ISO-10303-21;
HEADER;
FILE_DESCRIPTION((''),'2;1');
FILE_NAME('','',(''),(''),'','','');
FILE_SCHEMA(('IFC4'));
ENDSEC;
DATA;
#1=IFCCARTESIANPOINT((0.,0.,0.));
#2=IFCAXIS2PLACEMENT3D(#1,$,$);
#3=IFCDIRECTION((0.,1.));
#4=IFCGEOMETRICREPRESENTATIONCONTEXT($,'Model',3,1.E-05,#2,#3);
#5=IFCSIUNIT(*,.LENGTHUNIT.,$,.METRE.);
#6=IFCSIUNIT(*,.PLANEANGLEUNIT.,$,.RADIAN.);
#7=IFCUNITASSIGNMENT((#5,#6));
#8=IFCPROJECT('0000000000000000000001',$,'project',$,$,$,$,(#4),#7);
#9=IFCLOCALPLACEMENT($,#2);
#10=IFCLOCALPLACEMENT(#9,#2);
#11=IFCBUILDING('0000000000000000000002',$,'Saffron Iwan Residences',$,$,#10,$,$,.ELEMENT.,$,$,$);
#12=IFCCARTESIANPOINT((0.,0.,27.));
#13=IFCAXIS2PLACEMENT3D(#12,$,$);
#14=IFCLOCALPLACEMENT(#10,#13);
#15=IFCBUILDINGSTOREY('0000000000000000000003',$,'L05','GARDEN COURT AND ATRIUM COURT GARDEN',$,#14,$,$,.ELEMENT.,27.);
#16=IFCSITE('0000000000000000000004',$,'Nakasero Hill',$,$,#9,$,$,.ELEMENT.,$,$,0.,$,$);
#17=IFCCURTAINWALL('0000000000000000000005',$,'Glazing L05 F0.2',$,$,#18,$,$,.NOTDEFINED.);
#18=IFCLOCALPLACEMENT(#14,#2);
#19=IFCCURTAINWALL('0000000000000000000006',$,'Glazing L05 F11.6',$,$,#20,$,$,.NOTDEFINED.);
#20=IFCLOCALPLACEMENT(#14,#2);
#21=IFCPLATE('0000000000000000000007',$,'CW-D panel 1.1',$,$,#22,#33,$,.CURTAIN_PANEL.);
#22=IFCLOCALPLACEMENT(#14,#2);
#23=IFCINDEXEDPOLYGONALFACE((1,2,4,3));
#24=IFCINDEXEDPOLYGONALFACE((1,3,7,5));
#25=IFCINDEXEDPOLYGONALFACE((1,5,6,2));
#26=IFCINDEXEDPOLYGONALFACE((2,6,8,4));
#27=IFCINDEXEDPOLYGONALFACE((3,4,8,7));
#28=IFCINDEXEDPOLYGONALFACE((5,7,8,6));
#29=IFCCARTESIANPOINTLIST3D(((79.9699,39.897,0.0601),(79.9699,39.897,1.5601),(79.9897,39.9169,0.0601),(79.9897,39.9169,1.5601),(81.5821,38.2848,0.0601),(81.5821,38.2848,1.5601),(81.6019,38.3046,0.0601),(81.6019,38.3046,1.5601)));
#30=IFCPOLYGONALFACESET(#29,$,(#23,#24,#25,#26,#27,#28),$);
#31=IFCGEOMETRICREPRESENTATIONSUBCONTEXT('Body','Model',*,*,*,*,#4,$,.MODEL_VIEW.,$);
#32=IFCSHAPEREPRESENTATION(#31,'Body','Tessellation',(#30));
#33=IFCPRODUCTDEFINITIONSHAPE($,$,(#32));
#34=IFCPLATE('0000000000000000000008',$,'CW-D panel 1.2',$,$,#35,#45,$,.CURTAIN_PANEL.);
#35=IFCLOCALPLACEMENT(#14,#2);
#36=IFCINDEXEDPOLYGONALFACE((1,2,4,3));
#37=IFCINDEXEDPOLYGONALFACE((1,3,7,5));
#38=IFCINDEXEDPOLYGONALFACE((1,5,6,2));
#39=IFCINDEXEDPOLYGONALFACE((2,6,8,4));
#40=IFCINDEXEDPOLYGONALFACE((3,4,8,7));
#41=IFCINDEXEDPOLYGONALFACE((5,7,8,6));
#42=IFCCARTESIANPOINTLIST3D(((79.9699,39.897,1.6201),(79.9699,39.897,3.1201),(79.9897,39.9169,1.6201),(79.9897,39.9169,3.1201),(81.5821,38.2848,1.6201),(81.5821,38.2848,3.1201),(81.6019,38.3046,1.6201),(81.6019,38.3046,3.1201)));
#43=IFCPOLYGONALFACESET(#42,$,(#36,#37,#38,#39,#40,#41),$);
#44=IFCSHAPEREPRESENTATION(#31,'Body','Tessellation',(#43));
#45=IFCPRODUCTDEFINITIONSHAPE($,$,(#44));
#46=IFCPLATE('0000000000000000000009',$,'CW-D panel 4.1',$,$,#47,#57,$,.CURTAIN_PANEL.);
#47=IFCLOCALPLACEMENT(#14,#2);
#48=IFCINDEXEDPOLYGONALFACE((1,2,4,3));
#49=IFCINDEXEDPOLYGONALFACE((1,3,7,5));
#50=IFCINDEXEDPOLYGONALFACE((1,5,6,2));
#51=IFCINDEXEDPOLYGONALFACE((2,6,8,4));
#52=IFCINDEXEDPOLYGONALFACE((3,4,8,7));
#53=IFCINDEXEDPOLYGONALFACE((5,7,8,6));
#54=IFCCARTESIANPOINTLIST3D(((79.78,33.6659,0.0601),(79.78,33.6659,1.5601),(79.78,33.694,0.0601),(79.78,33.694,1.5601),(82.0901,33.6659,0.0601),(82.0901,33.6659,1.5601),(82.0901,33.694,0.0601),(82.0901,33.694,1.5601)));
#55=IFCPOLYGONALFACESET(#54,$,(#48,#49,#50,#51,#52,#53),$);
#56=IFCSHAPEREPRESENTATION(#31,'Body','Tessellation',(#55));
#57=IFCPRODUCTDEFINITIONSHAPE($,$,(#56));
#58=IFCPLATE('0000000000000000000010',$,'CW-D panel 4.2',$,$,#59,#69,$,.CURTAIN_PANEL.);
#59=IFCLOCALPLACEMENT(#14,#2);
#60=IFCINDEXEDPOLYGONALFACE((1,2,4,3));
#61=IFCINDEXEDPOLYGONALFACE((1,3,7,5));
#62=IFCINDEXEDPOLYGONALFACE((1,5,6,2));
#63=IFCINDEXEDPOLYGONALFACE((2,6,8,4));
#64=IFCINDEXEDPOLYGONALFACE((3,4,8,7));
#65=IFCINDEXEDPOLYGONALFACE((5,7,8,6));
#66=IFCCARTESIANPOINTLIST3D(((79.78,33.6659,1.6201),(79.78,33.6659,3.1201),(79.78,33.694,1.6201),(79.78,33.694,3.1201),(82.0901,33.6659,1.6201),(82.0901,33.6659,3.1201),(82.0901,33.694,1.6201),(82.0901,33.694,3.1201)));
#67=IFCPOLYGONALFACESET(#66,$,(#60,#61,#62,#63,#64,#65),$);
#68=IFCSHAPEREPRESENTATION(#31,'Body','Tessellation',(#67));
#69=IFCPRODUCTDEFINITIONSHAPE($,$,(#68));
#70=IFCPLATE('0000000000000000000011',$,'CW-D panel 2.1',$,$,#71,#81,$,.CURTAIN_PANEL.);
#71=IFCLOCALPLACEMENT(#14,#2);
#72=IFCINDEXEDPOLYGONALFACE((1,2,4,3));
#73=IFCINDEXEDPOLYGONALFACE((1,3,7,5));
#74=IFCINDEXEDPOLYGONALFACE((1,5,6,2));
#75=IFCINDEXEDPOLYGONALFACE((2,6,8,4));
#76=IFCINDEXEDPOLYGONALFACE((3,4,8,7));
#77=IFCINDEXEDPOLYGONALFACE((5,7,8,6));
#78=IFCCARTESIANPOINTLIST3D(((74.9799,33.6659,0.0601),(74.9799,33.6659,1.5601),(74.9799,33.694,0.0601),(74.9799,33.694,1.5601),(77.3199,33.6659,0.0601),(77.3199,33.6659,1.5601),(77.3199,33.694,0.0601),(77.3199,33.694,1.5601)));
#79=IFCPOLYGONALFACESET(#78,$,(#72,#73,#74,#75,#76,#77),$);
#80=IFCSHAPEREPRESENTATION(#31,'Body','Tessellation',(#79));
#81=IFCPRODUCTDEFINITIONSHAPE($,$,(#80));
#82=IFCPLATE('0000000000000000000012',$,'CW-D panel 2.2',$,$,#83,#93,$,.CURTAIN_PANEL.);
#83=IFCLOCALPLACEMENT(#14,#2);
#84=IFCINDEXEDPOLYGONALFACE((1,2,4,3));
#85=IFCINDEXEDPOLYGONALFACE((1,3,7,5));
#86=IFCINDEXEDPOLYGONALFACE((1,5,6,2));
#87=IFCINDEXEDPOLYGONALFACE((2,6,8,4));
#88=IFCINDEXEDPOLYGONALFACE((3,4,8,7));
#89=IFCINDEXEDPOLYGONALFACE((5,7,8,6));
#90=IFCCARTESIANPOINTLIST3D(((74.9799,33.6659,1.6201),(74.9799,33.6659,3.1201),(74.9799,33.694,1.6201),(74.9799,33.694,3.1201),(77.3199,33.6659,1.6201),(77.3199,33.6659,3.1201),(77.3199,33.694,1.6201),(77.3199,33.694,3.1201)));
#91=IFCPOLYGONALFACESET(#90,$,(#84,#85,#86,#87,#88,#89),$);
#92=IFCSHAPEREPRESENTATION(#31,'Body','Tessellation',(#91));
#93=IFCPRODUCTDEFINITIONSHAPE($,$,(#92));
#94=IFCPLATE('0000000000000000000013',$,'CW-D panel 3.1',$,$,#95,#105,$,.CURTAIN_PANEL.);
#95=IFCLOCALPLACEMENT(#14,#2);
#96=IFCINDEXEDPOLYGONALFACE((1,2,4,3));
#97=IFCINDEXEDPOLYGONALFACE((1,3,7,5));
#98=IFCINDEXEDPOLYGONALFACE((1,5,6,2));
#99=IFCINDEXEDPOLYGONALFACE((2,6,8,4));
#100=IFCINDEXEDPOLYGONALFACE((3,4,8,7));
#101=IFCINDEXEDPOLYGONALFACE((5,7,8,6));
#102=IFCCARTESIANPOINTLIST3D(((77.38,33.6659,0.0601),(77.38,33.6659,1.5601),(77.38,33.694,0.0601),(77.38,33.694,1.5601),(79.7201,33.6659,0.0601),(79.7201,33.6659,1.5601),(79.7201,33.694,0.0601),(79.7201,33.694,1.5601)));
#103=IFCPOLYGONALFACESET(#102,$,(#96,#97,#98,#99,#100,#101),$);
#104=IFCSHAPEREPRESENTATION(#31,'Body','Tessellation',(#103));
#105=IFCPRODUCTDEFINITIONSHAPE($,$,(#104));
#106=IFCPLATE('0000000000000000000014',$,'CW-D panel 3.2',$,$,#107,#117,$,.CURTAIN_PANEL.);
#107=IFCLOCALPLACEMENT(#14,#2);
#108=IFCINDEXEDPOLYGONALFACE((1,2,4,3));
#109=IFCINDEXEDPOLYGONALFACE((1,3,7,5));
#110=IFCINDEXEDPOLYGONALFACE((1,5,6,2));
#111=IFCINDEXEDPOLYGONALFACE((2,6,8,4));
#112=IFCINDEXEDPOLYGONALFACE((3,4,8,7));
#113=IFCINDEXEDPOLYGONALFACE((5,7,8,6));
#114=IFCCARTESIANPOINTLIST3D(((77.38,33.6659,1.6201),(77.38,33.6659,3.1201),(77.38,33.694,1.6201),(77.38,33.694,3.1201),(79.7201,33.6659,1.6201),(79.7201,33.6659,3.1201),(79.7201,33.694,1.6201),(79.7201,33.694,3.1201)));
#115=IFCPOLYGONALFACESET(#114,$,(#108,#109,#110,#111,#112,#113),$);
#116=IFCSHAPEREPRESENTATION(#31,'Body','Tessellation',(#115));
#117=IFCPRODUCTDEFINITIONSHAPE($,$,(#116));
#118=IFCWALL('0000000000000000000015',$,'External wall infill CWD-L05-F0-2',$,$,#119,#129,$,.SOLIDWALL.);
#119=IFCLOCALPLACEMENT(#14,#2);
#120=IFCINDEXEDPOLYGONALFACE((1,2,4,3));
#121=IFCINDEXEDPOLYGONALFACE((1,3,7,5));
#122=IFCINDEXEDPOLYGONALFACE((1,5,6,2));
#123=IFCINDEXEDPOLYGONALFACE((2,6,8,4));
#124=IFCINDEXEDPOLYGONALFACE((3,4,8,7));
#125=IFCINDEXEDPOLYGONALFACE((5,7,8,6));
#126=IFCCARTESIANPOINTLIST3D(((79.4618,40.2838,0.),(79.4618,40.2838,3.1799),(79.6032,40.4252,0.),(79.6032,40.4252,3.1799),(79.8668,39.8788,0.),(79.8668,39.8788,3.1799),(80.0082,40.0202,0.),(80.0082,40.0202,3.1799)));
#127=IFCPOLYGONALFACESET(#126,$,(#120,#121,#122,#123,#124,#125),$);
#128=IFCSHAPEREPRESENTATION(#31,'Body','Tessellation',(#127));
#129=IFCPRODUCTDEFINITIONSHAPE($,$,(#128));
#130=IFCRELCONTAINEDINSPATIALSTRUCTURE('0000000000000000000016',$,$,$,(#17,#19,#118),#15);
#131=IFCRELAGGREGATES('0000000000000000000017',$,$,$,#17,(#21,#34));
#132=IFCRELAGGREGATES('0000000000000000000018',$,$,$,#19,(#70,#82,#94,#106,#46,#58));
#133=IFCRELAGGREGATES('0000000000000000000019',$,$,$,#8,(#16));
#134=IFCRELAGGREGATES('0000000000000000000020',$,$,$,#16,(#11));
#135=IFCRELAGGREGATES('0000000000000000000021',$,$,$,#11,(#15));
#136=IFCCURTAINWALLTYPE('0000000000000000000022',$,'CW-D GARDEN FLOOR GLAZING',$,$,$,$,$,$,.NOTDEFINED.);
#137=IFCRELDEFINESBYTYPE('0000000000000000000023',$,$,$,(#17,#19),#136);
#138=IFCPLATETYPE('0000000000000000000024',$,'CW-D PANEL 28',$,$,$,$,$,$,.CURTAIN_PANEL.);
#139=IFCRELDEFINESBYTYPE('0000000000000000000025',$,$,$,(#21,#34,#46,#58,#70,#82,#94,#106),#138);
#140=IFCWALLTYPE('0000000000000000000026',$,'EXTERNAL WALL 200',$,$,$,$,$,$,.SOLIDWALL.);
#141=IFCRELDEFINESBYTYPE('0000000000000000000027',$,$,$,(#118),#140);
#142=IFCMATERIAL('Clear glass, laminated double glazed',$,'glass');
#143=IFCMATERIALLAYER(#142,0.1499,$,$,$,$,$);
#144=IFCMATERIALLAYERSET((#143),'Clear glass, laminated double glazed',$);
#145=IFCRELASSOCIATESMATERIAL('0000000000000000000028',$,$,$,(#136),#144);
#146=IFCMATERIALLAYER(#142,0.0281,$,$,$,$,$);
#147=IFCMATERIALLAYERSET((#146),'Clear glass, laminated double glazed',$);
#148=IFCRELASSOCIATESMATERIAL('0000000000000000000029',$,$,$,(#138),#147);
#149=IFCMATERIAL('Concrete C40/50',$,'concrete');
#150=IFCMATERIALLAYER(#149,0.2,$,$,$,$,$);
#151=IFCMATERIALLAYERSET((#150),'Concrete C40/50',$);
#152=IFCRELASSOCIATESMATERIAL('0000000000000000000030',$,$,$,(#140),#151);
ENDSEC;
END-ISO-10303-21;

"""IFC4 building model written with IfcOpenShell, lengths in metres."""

from ifc_helpers import new_model, si_unit, direction, frame, frame_2d, origin, origin_2d, place, context, subcontext, project, spatial, rectangle, extrude, source, transform, mapped, material, layer, layer_set, type_object, element, aggregate, save


model = new_model("IFC4")

# Units and contexts
model_context = context("Model", 3, precision=1e-05, world=origin(), true_north=direction((0.0, 1.0)))
body_context = subcontext(model_context, "Body", "Model", "MODEL_VIEW")
ifc_project = project(units=[si_unit("LENGTHUNIT", "METRE"), si_unit("PLANEANGLEUNIT", "RADIAN")], contexts=[model_context])

# Site, building, storey
site_placement = place(None, origin())
site = spatial("IfcSite", under=ifc_project, at=site_placement, Name="Nakasero Hill", CompositionType="ELEMENT", RefElevation=0.0)
building_placement = place(site_placement, origin())
building = spatial("IfcBuilding", under=site, at=building_placement, Name="Saffron Iwan Residences", CompositionType="ELEMENT")
storey_placement = place(building_placement, frame((0.0, 0.0, 27.0)))
storey = spatial("IfcBuildingStorey", under=building, at=storey_placement, Name="L05", Description="GARDEN COURT AND ATRIUM COURT GARDEN", CompositionType="ELEMENT", Elevation=27.0)

# Curtain wall
ifc_material_1 = material(Name="Clear glass, laminated double glazed", Category="glass")
ifc_layer_1 = layer(ifc_material_1, 0.1499)
ifc_layer_set_1 = layer_set([ifc_layer_1], Name="Clear glass, laminated double glazed")
curtain_wall_type = type_object("IfcCurtainWallType", Name="CW-D GARDEN FLOOR GLAZING", PredefinedType="NOTDEFINED", material=ifc_layer_set_1)
curtain_wall_1_placement = place(storey_placement, origin())
curtain_wall_1 = element("IfcCurtainWall", 1, at=curtain_wall_1_placement, inside=storey, type_object=curtain_wall_type, Name="Glazing L05 F0.2", PredefinedType="NOTDEFINED")

# Curtain wall
curtain_wall_2_placement = place(storey_placement, origin())
curtain_wall_2 = element("IfcCurtainWall", 2, at=curtain_wall_2_placement, inside=storey, type_object=curtain_wall_type, Name="Glazing L05 F11.6", PredefinedType="NOTDEFINED")

# Plates
ifc_layer_2 = layer(ifc_material_1, 0.0281)
ifc_layer_set_2 = layer_set([ifc_layer_2], Name="Clear glass, laminated double glazed")
plate_type = type_object("IfcPlateType", Name="CW-D PANEL 28", PredefinedType="CURTAIN_PANEL", material=ifc_layer_set_2)
shared_shape_1 = source(origin(), body_context, "Body", "SweptSolid", [
    extrude(rectangle(XDim=2.28, YDim=0.0281, at=origin_2d()), origin(), (0.0, 0.0, 1.0), 1.5),
])
plate_1_placement = place(storey_placement, frame((80.7859, 39.1008, 0.0601), z_axis=(0.0, 0.0, 1.0), x_axis=(-0.707107, 0.707107, 0.0)))
plate_1 = element("IfcPlate", 3, at=plate_1_placement, type_object=plate_type, Name="CW-D panel 1.1", PredefinedType="CURTAIN_PANEL", context=body_context, shape_type="MappedRepresentation", body=[
    mapped(shared_shape_1, transform((0.0, 0.0, 0.0))),
])
plate_2_placement = place(storey_placement, frame((80.7859, 39.1008, 1.6201), z_axis=(0.0, 0.0, 1.0), x_axis=(-0.707107, 0.707107, 0.0)))
plate_2 = element("IfcPlate", 4, at=plate_2_placement, type_object=plate_type, Name="CW-D panel 1.2", PredefinedType="CURTAIN_PANEL", context=body_context, shape_type="MappedRepresentation", body=[
    mapped(shared_shape_1, transform((0.0, 0.0, 0.0))),
])
aggregate(curtain_wall_1, [plate_1, plate_2])
shared_shape_2 = source(origin(), body_context, "Body", "SweptSolid", [
    extrude(rectangle(XDim=2.3101, YDim=0.0281, at=origin_2d()), origin(), (0.0, 0.0, 1.0), 1.5),
])
plate_3_placement = place(storey_placement, frame((80.9351, 33.6799, 0.0601), z_axis=(0.0, 0.0, 1.0), x_axis=(1.0, 0.0, 0.0)))
plate_3 = element("IfcPlate", 5, at=plate_3_placement, type_object=plate_type, Name="CW-D panel 4.1", PredefinedType="CURTAIN_PANEL", context=body_context, shape_type="MappedRepresentation", body=[
    mapped(shared_shape_2, transform((0.0, 0.0, 0.0))),
])
plate_4_placement = place(storey_placement, frame((80.9351, 33.6799, 1.6201), z_axis=(0.0, 0.0, 1.0), x_axis=(1.0, 0.0, 0.0)))
plate_4 = element("IfcPlate", 6, at=plate_4_placement, type_object=plate_type, Name="CW-D panel 4.2", PredefinedType="CURTAIN_PANEL", context=body_context, shape_type="MappedRepresentation", body=[
    mapped(shared_shape_2, transform((0.0, 0.0, 0.0))),
])
shared_shape_3 = source(origin(), body_context, "Body", "SweptSolid", [
    extrude(rectangle(XDim=2.3401, YDim=0.0281, at=origin_2d()), origin(), (0.0, 0.0, 1.0), 1.5),
])
plate_5_placement = place(storey_placement, frame((76.1499, 33.6799, 0.0601), z_axis=(0.0, 0.0, 1.0), x_axis=(1.0, 0.0, 0.0)))
plate_5 = element("IfcPlate", 7, at=plate_5_placement, type_object=plate_type, Name="CW-D panel 2.1", PredefinedType="CURTAIN_PANEL", context=body_context, shape_type="MappedRepresentation", body=[
    mapped(shared_shape_3, transform((0.0, 0.0, 0.0))),
])
plate_6_placement = place(storey_placement, frame((76.1499, 33.6799, 1.6201), z_axis=(0.0, 0.0, 1.0), x_axis=(1.0, 0.0, 0.0)))
plate_6 = element("IfcPlate", 8, at=plate_6_placement, type_object=plate_type, Name="CW-D panel 2.2", PredefinedType="CURTAIN_PANEL", context=body_context, shape_type="MappedRepresentation", body=[
    mapped(shared_shape_3, transform((0.0, 0.0, 0.0))),
])
plate_7_placement = place(storey_placement, frame((78.55, 33.6799, 0.0601), z_axis=(0.0, 0.0, 1.0), x_axis=(1.0, 0.0, 0.0)))
plate_7 = element("IfcPlate", 9, at=plate_7_placement, type_object=plate_type, Name="CW-D panel 3.1", PredefinedType="CURTAIN_PANEL", context=body_context, shape_type="MappedRepresentation", body=[
    mapped(shared_shape_3, transform((0.0, 0.0, 0.0))),
])
plate_8_placement = place(storey_placement, frame((78.55, 33.6799, 1.6201), z_axis=(0.0, 0.0, 1.0), x_axis=(1.0, 0.0, 0.0)))
plate_8 = element("IfcPlate", 10, at=plate_8_placement, type_object=plate_type, Name="CW-D panel 3.2", PredefinedType="CURTAIN_PANEL", context=body_context, shape_type="MappedRepresentation", body=[
    mapped(shared_shape_3, transform((0.0, 0.0, 0.0))),
])
aggregate(curtain_wall_2, [plate_5, plate_6, plate_7, plate_8, plate_3, plate_4])

# Wall
ifc_material_2 = material(Name="Concrete C40/50", Category="concrete")
ifc_layer_3 = layer(ifc_material_2, 0.2)
ifc_layer_set_3 = layer_set([ifc_layer_3], Name="Concrete C40/50")
wall_type = type_object("IfcWallType", Name="EXTERNAL WALL 200", PredefinedType="SOLIDWALL", material=ifc_layer_set_3)
wall_placement = place(storey_placement, frame((79.9375, 39.9495, 0.0), z_axis=(0.0, 0.0, 1.0), x_axis=(-0.707107, 0.707107, 0.0)))
element("IfcWall", 11, at=wall_placement, inside=storey, type_object=wall_type, Name="External wall infill CWD-L05-F0-2", PredefinedType="SOLIDWALL", context=body_context, shape_type="SweptSolid", body=[
    extrude(rectangle(XDim=0.5728, YDim=0.2, at=frame_2d((0.2864, 0.0))), origin(), (0.0, 0.0, 1.0), 3.1799),
])

save(model, "model.ifc")
